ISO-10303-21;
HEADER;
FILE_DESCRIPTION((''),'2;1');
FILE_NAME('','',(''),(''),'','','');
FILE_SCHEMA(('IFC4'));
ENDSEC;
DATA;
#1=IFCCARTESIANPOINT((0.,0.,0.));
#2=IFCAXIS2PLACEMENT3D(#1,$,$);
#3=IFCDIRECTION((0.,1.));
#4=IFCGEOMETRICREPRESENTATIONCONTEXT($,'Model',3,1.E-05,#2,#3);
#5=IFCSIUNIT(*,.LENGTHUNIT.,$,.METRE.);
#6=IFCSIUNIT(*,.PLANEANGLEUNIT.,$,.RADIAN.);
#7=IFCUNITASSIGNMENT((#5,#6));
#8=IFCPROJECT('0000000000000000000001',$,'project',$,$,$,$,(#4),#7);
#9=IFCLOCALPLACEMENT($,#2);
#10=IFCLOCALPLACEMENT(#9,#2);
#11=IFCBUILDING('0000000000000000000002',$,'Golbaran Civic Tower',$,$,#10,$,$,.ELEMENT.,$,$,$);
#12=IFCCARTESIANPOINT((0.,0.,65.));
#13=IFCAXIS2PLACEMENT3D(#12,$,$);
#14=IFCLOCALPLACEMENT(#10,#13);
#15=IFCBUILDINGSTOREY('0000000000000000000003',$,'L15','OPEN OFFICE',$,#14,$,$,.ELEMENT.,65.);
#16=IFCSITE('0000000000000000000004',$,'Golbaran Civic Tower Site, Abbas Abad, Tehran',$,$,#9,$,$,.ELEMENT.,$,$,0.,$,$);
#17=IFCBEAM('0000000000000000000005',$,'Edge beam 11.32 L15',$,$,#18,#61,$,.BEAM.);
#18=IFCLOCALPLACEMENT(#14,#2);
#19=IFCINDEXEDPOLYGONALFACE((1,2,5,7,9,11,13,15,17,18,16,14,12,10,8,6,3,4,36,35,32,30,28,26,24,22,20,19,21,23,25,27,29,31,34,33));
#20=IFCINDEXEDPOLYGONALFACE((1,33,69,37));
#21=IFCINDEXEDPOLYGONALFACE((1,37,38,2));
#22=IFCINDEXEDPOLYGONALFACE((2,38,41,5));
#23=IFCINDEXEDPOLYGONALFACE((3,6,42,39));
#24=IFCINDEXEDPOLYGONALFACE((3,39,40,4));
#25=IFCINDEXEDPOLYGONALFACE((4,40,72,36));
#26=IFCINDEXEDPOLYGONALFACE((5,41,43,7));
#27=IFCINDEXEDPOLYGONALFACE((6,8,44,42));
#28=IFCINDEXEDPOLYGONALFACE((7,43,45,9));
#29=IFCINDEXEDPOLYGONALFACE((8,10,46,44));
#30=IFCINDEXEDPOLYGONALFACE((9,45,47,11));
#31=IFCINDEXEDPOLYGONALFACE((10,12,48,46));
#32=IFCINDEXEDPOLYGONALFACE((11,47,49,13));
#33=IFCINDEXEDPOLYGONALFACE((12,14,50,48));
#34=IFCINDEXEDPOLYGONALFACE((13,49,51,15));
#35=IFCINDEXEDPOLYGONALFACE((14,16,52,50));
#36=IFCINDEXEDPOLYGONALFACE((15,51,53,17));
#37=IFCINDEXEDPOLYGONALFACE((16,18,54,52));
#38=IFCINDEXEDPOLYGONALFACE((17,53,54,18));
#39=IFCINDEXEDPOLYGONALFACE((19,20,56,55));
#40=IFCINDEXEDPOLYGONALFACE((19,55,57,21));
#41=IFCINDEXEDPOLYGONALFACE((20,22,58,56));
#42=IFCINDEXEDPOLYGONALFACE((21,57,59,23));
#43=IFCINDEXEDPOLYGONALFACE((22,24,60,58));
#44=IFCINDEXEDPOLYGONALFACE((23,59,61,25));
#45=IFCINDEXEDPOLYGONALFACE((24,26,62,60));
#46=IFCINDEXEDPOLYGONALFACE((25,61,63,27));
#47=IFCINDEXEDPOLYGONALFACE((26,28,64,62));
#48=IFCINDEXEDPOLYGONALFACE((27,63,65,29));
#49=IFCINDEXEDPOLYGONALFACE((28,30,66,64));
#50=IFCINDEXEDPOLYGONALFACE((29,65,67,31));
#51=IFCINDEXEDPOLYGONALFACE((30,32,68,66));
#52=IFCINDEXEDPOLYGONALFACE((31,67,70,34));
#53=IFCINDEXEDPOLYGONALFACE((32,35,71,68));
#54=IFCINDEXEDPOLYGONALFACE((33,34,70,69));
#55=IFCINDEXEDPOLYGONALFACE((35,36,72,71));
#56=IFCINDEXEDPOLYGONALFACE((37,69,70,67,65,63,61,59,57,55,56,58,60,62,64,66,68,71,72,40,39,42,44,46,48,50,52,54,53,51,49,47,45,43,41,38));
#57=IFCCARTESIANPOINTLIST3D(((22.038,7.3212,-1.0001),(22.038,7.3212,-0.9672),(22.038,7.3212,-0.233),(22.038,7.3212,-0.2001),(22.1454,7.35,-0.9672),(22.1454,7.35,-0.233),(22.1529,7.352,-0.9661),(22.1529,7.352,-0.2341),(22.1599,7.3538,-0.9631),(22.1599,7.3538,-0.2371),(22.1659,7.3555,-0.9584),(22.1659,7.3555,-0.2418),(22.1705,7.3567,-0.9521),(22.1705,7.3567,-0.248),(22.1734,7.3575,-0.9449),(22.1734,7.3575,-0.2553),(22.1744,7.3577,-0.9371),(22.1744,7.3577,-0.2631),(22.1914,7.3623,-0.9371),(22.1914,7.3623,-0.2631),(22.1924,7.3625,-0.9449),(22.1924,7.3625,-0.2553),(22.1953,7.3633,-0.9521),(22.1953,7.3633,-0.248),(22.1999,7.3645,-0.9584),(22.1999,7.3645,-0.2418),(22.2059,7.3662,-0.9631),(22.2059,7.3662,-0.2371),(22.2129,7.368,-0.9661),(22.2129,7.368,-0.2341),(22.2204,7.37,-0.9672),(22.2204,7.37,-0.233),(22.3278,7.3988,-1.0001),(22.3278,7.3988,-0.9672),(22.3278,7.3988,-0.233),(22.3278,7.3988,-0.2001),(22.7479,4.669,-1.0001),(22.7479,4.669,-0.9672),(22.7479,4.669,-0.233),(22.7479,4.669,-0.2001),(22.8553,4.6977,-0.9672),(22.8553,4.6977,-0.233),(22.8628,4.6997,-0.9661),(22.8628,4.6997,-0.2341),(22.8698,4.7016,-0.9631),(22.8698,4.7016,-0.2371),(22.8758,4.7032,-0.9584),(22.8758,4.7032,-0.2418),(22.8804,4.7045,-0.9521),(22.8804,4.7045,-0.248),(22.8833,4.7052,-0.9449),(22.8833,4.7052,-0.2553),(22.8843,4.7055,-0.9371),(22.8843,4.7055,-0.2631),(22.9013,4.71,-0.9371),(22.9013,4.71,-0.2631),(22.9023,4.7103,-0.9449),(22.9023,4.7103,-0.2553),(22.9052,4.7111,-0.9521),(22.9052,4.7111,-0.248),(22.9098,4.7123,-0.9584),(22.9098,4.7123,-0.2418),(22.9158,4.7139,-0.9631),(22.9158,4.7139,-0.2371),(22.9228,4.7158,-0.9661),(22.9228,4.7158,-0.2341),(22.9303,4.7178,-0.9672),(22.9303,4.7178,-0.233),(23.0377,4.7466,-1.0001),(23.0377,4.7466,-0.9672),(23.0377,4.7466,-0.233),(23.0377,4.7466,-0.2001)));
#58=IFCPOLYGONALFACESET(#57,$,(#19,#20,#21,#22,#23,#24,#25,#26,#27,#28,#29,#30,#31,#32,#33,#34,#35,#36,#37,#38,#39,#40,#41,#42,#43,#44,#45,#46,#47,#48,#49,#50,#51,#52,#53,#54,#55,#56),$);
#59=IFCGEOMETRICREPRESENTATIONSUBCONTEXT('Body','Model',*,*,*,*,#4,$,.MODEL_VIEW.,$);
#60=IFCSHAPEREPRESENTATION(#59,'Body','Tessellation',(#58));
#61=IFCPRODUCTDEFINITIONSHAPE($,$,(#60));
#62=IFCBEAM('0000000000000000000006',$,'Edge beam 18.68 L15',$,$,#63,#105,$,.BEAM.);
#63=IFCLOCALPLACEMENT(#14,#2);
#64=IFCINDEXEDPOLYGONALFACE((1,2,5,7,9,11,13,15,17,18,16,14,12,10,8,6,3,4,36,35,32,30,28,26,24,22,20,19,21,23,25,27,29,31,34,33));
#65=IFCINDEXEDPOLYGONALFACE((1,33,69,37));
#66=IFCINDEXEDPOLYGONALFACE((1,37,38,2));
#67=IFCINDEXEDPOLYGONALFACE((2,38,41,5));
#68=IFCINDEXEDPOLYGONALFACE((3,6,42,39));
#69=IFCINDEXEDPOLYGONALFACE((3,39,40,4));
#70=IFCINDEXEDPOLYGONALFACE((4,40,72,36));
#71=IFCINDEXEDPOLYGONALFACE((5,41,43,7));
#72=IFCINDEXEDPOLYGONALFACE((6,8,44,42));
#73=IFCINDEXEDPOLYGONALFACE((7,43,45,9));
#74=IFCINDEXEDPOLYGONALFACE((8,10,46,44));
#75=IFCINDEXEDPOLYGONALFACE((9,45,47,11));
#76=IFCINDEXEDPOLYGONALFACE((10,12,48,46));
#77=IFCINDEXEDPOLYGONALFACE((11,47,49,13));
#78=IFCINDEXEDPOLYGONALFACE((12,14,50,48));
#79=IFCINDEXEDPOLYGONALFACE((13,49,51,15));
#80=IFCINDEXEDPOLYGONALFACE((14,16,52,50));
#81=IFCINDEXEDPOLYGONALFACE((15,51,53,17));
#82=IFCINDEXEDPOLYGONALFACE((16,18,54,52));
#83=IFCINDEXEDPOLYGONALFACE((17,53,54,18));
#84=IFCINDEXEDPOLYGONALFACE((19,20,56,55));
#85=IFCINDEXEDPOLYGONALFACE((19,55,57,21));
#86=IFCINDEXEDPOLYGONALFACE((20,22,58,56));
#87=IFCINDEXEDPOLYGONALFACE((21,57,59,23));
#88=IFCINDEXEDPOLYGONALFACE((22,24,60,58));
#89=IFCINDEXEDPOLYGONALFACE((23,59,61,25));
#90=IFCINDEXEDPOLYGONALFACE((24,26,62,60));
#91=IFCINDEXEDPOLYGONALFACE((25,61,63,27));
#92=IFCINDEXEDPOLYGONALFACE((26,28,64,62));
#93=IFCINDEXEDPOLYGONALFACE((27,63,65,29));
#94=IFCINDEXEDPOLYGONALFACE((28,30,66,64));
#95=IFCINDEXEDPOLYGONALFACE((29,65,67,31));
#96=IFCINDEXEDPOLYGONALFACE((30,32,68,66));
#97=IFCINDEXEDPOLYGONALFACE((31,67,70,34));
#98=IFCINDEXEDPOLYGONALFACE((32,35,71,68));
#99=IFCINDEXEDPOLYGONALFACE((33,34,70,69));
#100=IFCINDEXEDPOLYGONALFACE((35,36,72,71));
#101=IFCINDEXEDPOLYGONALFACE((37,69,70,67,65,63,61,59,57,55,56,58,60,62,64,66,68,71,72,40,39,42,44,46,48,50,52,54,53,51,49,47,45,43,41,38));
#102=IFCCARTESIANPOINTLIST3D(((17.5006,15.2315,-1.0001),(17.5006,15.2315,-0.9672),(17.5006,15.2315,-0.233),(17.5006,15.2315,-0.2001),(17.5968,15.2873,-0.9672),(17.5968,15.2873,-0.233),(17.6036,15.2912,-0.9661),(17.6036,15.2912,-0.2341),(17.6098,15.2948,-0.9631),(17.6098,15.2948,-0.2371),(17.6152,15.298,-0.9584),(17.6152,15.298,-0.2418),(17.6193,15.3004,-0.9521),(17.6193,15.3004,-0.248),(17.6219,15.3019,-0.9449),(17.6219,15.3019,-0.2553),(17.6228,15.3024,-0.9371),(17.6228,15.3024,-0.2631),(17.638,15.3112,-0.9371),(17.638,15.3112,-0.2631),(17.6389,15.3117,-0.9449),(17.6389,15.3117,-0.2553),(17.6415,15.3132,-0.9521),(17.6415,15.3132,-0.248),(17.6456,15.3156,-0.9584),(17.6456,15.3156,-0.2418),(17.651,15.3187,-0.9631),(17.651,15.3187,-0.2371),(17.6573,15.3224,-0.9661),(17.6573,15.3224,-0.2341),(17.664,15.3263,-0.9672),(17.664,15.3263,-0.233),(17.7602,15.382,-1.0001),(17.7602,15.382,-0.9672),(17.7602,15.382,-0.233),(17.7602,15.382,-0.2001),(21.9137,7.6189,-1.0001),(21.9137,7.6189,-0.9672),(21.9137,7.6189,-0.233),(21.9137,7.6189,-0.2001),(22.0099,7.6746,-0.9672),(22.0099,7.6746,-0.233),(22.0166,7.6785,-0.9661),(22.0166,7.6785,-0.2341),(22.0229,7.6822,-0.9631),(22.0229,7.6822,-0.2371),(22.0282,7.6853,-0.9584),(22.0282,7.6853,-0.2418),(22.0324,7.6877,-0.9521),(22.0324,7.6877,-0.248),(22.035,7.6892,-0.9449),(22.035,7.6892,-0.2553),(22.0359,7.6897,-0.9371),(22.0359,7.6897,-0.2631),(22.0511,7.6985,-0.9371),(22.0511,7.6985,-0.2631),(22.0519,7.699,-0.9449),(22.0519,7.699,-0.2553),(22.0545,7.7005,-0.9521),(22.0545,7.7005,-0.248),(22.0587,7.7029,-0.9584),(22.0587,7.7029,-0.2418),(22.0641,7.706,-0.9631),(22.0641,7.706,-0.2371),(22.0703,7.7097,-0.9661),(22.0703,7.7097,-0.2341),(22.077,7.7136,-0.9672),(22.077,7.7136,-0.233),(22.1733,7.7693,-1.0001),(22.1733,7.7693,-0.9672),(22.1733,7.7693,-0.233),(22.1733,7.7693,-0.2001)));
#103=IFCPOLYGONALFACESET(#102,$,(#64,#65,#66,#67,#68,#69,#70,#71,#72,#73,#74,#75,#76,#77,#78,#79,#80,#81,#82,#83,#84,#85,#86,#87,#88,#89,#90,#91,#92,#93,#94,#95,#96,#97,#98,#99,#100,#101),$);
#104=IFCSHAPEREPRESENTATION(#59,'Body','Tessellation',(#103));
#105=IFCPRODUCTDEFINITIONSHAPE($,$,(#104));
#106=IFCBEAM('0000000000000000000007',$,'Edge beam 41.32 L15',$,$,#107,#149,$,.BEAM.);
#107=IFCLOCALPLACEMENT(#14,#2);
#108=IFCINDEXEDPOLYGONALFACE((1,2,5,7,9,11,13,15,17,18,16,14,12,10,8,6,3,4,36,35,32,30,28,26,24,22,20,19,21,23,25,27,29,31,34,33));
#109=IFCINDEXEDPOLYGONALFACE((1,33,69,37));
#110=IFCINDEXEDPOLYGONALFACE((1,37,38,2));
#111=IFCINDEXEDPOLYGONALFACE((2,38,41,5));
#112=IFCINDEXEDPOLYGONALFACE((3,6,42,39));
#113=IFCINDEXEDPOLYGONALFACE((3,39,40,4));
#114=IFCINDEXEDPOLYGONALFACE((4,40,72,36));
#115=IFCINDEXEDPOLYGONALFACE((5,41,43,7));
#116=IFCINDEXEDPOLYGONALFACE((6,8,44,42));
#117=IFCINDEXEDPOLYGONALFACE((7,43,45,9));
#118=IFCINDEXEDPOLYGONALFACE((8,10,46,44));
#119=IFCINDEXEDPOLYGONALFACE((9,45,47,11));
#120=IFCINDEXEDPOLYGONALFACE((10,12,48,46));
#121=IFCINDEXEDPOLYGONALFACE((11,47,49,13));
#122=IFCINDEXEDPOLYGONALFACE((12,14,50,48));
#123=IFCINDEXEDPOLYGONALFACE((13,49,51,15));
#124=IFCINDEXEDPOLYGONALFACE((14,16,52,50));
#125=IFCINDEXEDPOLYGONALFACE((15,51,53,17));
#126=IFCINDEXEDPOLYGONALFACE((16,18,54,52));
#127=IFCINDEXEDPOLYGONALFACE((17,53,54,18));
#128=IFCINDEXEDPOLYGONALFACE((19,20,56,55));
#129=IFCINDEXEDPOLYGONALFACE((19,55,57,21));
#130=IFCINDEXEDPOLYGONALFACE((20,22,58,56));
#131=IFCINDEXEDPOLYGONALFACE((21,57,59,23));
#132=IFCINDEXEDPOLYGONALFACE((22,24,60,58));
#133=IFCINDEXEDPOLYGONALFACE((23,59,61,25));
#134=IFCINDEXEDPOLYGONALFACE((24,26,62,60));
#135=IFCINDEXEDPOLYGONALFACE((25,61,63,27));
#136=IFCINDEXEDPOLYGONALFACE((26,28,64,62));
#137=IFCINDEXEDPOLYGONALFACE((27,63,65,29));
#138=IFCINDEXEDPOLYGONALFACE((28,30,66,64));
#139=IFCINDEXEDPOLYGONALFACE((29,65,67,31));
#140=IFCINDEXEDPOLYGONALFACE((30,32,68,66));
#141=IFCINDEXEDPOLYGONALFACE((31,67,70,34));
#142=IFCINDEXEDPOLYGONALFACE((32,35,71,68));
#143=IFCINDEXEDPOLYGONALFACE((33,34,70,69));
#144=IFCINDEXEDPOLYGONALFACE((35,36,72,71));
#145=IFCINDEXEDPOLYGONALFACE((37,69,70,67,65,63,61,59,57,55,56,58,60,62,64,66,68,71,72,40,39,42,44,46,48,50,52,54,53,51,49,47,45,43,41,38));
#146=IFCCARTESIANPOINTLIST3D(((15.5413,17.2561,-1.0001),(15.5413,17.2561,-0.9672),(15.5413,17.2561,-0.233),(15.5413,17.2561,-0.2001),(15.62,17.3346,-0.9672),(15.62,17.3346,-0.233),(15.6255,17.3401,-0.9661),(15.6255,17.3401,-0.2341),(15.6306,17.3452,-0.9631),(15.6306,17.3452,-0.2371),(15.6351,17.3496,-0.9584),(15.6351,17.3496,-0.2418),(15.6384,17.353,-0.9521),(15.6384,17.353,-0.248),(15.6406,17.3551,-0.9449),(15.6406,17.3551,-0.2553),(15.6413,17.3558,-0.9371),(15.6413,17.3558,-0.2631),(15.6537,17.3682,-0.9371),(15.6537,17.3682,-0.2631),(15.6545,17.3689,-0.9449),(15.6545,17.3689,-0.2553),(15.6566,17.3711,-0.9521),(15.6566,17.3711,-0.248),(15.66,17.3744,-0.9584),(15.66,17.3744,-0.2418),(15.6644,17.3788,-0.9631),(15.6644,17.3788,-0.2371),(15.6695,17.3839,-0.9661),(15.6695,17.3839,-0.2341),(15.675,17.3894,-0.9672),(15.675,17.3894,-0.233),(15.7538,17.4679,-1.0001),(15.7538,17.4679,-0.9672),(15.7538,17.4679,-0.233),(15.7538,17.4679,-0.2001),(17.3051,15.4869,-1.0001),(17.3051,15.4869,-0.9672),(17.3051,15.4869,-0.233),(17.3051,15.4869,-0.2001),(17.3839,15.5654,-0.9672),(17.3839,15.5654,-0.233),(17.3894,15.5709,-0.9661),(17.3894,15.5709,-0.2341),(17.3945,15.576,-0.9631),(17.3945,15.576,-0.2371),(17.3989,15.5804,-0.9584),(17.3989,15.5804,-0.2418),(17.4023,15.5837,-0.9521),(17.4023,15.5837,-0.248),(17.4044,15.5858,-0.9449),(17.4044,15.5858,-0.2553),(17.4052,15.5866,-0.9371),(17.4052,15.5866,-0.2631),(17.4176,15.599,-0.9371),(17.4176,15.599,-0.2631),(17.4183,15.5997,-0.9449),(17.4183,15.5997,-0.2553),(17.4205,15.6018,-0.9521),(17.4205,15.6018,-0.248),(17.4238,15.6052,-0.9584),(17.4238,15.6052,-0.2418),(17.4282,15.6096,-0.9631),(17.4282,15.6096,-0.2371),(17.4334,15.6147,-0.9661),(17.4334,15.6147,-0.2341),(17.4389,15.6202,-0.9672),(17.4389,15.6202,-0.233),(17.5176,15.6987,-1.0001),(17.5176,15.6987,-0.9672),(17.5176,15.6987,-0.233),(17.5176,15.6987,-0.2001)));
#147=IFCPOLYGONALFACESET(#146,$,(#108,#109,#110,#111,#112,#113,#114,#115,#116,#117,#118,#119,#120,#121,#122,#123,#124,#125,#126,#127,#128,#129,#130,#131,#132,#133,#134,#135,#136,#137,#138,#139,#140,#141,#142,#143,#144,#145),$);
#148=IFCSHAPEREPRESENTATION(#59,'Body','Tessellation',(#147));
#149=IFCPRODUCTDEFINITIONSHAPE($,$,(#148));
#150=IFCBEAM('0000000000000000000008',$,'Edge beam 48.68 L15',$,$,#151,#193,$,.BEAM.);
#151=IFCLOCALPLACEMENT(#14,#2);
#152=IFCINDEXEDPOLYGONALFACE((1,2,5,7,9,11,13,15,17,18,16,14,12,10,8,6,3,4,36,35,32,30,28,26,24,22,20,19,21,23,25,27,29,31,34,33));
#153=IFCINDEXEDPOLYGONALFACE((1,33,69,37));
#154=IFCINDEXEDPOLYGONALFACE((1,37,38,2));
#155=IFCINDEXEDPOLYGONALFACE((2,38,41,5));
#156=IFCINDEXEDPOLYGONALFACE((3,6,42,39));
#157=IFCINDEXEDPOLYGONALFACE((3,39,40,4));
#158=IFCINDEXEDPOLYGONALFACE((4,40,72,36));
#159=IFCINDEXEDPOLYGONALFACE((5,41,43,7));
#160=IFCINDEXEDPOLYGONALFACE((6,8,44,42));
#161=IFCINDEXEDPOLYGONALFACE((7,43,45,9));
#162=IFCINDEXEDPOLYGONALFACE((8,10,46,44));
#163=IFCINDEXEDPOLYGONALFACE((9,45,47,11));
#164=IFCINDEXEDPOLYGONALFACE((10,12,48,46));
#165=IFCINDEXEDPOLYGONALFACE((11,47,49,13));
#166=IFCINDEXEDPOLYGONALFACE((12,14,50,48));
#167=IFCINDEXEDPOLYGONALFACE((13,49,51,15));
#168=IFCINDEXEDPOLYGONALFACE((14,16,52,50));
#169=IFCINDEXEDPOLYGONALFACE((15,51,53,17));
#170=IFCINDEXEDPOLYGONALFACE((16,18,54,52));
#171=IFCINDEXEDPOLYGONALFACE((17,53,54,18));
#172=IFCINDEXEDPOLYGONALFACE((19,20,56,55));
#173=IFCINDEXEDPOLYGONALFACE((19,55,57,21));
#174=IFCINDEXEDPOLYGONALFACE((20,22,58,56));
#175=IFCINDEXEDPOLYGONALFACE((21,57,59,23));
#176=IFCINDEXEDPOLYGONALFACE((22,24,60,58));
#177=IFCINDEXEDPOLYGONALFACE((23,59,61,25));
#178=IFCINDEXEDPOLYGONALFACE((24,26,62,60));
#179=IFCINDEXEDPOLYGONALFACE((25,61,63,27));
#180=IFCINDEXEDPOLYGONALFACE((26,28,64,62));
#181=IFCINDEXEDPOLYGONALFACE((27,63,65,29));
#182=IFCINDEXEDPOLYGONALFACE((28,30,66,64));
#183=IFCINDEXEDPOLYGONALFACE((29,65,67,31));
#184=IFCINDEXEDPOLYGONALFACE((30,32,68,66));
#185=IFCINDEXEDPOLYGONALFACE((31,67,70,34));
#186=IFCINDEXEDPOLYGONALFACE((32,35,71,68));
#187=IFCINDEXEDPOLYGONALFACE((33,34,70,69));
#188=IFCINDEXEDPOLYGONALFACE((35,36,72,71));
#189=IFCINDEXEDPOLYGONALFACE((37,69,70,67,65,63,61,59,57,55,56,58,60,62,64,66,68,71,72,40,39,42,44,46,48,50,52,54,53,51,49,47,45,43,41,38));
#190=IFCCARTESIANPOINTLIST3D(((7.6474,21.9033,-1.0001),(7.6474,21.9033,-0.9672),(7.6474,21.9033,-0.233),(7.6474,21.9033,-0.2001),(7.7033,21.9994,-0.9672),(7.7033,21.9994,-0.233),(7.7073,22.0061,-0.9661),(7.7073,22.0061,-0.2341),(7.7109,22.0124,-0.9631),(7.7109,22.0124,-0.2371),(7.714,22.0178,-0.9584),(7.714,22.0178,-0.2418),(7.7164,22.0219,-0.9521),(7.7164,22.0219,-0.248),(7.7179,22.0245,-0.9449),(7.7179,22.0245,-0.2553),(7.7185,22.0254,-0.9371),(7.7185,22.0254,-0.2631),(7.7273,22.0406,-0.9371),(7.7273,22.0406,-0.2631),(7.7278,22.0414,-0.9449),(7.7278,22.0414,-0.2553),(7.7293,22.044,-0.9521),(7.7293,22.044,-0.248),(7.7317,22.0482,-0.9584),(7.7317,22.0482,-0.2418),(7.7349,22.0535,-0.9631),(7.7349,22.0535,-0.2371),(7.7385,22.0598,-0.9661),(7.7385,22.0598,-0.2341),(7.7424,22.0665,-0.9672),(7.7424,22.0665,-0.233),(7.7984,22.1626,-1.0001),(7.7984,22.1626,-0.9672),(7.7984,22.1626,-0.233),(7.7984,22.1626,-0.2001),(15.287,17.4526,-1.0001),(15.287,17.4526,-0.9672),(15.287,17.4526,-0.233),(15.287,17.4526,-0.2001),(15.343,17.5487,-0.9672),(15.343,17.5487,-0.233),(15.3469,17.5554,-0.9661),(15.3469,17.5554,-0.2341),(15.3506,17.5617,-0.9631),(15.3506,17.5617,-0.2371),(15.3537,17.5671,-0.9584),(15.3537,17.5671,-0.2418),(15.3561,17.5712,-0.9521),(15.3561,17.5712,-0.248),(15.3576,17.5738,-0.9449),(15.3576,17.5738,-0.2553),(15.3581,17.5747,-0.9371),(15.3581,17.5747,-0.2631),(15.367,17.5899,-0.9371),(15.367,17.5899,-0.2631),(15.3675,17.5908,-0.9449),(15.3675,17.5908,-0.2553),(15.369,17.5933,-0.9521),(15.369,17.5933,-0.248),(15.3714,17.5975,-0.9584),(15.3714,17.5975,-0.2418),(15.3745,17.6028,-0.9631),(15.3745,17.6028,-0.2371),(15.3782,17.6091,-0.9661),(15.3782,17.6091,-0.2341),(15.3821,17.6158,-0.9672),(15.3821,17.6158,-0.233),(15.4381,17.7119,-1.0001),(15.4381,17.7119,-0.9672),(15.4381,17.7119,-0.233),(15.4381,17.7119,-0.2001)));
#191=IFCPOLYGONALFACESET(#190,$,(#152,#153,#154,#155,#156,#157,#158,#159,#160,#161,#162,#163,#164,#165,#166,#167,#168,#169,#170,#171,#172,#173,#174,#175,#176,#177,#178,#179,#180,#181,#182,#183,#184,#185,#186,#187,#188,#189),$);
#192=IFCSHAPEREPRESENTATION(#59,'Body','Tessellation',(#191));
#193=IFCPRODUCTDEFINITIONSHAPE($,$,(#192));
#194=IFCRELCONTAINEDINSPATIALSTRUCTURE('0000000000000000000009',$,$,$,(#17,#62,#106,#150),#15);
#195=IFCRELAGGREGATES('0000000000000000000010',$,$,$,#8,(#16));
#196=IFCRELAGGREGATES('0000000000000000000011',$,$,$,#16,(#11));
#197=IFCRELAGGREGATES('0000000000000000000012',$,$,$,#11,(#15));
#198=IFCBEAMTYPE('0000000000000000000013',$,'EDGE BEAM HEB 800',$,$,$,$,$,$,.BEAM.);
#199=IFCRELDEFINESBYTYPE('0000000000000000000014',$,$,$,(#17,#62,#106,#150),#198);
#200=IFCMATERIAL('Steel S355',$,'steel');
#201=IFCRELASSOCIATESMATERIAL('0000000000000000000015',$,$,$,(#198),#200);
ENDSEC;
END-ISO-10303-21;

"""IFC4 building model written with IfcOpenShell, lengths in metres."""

from ifc_helpers import new_model, si_unit, direction, frame, origin, origin_2d, place, context, subcontext, project, spatial, i_section, extrude, material, material_profile, profile_set, type_object, element, save


model = new_model("IFC4")

# Units and contexts
model_context = context("Model", 3, precision=1e-05, world=origin(), true_north=direction((0.0, 1.0)))
body_context = subcontext(model_context, "Body", "Model", "MODEL_VIEW")
ifc_project = project(units=[si_unit("LENGTHUNIT", "METRE"), si_unit("PLANEANGLEUNIT", "RADIAN")], contexts=[model_context])

# Site, building, storey
site_placement = place(None, origin())
site = spatial("IfcSite", under=ifc_project, at=site_placement, Name="Golbaran Civic Tower Site, Abbas Abad, Tehran", CompositionType="ELEMENT", RefElevation=0.0)
building_placement = place(site_placement, origin())
building = spatial("IfcBuilding", under=site, at=building_placement, Name="Golbaran Civic Tower", CompositionType="ELEMENT")
storey_placement = place(building_placement, frame((0.0, 0.0, 65.0)))
storey = spatial("IfcBuildingStorey", under=building, at=storey_placement, Name="L15", Description="OPEN OFFICE", CompositionType="ELEMENT", Elevation=65.0)

# Beams
ifc_material_1 = material(Name="Steel S355", Category="steel")
ifc_material_profile_1 = material_profile(ifc_material_1, i_section(OverallWidth=0.3, OverallDepth=0.8, WebThickness=0.0176, FlangeThickness=0.033, FilletRadius=0.03, at=origin_2d()), Name="HEB 800")
ifc_profile_set_1 = profile_set([ifc_material_profile_1], Name="Steel S355")
beam_type_1 = type_object("IfcBeamType", Name="EDGE BEAM HEB 800", PredefinedType="BEAM", material=ifc_profile_set_1)
beam_1_placement = place(storey_placement, frame((22.8928, 4.7078, -0.6001), z_axis=(-0.25857, 0.965992, 0.0), x_axis=(-0.965992, -0.25857, 0.0)))
element("IfcBeam", 1, at=beam_1_placement, inside=storey, type_object=beam_type_1, Name="Edge beam 11.32 L15", PredefinedType="BEAM", context=body_context, shape_type="SweptSolid", body=[
    extrude(i_section(OverallWidth=0.3, OverallDepth=0.8, WebThickness=0.0176, FlangeThickness=0.033, FilletRadius=0.03, at=origin_2d()), origin(), (0.0, 0.0, 1.0), 2.7456),
])
beam_2_placement = place(storey_placement, frame((22.0435, 7.6941, -0.6001), z_axis=(-0.50152, 0.865146, 0.0), x_axis=(-0.865146, -0.50152, 0.0)))
element("IfcBeam", 2, at=beam_2_placement, inside=storey, type_object=beam_type_1, Name="Edge beam 18.68 L15", PredefinedType="BEAM", context=body_context, shape_type="SweptSolid", body=[
    extrude(i_section(OverallWidth=0.3, OverallDepth=0.8, WebThickness=0.0176, FlangeThickness=0.033, FilletRadius=0.03, at=origin_2d()), origin(), (0.0, 0.0, 1.0), 8.7993),
])
beam_3_placement = place(storey_placement, frame((17.4114, 15.5928, -0.6001), z_axis=(-0.706031, 0.708181, 0.0), x_axis=(-0.708181, -0.706031, 0.0)))
element("IfcBeam", 3, at=beam_3_placement, inside=storey, type_object=beam_type_1, Name="Edge beam 41.32 L15", PredefinedType="BEAM", context=body_context, shape_type="SweptSolid", body=[
    extrude(i_section(OverallWidth=0.3, OverallDepth=0.8, WebThickness=0.0176, FlangeThickness=0.033, FilletRadius=0.03, at=origin_2d()), origin(), (0.0, 0.0, 1.0), 2.4983),
])
beam_4_placement = place(storey_placement, frame((15.3625, 17.5823, -0.6001), z_axis=(-0.864063, 0.503383, 0.0), x_axis=(-0.503383, -0.864063, 0.0)))
element("IfcBeam", 4, at=beam_4_placement, inside=storey, type_object=beam_type_1, Name="Edge beam 48.68 L15", PredefinedType="BEAM", context=body_context, shape_type="SweptSolid", body=[
    extrude(i_section(OverallWidth=0.3, OverallDepth=0.8, WebThickness=0.0176, FlangeThickness=0.033, FilletRadius=0.03, at=origin_2d()), origin(), (0.0, 0.0, 1.0), 8.8416),
])

save(model, "model.ifc")
